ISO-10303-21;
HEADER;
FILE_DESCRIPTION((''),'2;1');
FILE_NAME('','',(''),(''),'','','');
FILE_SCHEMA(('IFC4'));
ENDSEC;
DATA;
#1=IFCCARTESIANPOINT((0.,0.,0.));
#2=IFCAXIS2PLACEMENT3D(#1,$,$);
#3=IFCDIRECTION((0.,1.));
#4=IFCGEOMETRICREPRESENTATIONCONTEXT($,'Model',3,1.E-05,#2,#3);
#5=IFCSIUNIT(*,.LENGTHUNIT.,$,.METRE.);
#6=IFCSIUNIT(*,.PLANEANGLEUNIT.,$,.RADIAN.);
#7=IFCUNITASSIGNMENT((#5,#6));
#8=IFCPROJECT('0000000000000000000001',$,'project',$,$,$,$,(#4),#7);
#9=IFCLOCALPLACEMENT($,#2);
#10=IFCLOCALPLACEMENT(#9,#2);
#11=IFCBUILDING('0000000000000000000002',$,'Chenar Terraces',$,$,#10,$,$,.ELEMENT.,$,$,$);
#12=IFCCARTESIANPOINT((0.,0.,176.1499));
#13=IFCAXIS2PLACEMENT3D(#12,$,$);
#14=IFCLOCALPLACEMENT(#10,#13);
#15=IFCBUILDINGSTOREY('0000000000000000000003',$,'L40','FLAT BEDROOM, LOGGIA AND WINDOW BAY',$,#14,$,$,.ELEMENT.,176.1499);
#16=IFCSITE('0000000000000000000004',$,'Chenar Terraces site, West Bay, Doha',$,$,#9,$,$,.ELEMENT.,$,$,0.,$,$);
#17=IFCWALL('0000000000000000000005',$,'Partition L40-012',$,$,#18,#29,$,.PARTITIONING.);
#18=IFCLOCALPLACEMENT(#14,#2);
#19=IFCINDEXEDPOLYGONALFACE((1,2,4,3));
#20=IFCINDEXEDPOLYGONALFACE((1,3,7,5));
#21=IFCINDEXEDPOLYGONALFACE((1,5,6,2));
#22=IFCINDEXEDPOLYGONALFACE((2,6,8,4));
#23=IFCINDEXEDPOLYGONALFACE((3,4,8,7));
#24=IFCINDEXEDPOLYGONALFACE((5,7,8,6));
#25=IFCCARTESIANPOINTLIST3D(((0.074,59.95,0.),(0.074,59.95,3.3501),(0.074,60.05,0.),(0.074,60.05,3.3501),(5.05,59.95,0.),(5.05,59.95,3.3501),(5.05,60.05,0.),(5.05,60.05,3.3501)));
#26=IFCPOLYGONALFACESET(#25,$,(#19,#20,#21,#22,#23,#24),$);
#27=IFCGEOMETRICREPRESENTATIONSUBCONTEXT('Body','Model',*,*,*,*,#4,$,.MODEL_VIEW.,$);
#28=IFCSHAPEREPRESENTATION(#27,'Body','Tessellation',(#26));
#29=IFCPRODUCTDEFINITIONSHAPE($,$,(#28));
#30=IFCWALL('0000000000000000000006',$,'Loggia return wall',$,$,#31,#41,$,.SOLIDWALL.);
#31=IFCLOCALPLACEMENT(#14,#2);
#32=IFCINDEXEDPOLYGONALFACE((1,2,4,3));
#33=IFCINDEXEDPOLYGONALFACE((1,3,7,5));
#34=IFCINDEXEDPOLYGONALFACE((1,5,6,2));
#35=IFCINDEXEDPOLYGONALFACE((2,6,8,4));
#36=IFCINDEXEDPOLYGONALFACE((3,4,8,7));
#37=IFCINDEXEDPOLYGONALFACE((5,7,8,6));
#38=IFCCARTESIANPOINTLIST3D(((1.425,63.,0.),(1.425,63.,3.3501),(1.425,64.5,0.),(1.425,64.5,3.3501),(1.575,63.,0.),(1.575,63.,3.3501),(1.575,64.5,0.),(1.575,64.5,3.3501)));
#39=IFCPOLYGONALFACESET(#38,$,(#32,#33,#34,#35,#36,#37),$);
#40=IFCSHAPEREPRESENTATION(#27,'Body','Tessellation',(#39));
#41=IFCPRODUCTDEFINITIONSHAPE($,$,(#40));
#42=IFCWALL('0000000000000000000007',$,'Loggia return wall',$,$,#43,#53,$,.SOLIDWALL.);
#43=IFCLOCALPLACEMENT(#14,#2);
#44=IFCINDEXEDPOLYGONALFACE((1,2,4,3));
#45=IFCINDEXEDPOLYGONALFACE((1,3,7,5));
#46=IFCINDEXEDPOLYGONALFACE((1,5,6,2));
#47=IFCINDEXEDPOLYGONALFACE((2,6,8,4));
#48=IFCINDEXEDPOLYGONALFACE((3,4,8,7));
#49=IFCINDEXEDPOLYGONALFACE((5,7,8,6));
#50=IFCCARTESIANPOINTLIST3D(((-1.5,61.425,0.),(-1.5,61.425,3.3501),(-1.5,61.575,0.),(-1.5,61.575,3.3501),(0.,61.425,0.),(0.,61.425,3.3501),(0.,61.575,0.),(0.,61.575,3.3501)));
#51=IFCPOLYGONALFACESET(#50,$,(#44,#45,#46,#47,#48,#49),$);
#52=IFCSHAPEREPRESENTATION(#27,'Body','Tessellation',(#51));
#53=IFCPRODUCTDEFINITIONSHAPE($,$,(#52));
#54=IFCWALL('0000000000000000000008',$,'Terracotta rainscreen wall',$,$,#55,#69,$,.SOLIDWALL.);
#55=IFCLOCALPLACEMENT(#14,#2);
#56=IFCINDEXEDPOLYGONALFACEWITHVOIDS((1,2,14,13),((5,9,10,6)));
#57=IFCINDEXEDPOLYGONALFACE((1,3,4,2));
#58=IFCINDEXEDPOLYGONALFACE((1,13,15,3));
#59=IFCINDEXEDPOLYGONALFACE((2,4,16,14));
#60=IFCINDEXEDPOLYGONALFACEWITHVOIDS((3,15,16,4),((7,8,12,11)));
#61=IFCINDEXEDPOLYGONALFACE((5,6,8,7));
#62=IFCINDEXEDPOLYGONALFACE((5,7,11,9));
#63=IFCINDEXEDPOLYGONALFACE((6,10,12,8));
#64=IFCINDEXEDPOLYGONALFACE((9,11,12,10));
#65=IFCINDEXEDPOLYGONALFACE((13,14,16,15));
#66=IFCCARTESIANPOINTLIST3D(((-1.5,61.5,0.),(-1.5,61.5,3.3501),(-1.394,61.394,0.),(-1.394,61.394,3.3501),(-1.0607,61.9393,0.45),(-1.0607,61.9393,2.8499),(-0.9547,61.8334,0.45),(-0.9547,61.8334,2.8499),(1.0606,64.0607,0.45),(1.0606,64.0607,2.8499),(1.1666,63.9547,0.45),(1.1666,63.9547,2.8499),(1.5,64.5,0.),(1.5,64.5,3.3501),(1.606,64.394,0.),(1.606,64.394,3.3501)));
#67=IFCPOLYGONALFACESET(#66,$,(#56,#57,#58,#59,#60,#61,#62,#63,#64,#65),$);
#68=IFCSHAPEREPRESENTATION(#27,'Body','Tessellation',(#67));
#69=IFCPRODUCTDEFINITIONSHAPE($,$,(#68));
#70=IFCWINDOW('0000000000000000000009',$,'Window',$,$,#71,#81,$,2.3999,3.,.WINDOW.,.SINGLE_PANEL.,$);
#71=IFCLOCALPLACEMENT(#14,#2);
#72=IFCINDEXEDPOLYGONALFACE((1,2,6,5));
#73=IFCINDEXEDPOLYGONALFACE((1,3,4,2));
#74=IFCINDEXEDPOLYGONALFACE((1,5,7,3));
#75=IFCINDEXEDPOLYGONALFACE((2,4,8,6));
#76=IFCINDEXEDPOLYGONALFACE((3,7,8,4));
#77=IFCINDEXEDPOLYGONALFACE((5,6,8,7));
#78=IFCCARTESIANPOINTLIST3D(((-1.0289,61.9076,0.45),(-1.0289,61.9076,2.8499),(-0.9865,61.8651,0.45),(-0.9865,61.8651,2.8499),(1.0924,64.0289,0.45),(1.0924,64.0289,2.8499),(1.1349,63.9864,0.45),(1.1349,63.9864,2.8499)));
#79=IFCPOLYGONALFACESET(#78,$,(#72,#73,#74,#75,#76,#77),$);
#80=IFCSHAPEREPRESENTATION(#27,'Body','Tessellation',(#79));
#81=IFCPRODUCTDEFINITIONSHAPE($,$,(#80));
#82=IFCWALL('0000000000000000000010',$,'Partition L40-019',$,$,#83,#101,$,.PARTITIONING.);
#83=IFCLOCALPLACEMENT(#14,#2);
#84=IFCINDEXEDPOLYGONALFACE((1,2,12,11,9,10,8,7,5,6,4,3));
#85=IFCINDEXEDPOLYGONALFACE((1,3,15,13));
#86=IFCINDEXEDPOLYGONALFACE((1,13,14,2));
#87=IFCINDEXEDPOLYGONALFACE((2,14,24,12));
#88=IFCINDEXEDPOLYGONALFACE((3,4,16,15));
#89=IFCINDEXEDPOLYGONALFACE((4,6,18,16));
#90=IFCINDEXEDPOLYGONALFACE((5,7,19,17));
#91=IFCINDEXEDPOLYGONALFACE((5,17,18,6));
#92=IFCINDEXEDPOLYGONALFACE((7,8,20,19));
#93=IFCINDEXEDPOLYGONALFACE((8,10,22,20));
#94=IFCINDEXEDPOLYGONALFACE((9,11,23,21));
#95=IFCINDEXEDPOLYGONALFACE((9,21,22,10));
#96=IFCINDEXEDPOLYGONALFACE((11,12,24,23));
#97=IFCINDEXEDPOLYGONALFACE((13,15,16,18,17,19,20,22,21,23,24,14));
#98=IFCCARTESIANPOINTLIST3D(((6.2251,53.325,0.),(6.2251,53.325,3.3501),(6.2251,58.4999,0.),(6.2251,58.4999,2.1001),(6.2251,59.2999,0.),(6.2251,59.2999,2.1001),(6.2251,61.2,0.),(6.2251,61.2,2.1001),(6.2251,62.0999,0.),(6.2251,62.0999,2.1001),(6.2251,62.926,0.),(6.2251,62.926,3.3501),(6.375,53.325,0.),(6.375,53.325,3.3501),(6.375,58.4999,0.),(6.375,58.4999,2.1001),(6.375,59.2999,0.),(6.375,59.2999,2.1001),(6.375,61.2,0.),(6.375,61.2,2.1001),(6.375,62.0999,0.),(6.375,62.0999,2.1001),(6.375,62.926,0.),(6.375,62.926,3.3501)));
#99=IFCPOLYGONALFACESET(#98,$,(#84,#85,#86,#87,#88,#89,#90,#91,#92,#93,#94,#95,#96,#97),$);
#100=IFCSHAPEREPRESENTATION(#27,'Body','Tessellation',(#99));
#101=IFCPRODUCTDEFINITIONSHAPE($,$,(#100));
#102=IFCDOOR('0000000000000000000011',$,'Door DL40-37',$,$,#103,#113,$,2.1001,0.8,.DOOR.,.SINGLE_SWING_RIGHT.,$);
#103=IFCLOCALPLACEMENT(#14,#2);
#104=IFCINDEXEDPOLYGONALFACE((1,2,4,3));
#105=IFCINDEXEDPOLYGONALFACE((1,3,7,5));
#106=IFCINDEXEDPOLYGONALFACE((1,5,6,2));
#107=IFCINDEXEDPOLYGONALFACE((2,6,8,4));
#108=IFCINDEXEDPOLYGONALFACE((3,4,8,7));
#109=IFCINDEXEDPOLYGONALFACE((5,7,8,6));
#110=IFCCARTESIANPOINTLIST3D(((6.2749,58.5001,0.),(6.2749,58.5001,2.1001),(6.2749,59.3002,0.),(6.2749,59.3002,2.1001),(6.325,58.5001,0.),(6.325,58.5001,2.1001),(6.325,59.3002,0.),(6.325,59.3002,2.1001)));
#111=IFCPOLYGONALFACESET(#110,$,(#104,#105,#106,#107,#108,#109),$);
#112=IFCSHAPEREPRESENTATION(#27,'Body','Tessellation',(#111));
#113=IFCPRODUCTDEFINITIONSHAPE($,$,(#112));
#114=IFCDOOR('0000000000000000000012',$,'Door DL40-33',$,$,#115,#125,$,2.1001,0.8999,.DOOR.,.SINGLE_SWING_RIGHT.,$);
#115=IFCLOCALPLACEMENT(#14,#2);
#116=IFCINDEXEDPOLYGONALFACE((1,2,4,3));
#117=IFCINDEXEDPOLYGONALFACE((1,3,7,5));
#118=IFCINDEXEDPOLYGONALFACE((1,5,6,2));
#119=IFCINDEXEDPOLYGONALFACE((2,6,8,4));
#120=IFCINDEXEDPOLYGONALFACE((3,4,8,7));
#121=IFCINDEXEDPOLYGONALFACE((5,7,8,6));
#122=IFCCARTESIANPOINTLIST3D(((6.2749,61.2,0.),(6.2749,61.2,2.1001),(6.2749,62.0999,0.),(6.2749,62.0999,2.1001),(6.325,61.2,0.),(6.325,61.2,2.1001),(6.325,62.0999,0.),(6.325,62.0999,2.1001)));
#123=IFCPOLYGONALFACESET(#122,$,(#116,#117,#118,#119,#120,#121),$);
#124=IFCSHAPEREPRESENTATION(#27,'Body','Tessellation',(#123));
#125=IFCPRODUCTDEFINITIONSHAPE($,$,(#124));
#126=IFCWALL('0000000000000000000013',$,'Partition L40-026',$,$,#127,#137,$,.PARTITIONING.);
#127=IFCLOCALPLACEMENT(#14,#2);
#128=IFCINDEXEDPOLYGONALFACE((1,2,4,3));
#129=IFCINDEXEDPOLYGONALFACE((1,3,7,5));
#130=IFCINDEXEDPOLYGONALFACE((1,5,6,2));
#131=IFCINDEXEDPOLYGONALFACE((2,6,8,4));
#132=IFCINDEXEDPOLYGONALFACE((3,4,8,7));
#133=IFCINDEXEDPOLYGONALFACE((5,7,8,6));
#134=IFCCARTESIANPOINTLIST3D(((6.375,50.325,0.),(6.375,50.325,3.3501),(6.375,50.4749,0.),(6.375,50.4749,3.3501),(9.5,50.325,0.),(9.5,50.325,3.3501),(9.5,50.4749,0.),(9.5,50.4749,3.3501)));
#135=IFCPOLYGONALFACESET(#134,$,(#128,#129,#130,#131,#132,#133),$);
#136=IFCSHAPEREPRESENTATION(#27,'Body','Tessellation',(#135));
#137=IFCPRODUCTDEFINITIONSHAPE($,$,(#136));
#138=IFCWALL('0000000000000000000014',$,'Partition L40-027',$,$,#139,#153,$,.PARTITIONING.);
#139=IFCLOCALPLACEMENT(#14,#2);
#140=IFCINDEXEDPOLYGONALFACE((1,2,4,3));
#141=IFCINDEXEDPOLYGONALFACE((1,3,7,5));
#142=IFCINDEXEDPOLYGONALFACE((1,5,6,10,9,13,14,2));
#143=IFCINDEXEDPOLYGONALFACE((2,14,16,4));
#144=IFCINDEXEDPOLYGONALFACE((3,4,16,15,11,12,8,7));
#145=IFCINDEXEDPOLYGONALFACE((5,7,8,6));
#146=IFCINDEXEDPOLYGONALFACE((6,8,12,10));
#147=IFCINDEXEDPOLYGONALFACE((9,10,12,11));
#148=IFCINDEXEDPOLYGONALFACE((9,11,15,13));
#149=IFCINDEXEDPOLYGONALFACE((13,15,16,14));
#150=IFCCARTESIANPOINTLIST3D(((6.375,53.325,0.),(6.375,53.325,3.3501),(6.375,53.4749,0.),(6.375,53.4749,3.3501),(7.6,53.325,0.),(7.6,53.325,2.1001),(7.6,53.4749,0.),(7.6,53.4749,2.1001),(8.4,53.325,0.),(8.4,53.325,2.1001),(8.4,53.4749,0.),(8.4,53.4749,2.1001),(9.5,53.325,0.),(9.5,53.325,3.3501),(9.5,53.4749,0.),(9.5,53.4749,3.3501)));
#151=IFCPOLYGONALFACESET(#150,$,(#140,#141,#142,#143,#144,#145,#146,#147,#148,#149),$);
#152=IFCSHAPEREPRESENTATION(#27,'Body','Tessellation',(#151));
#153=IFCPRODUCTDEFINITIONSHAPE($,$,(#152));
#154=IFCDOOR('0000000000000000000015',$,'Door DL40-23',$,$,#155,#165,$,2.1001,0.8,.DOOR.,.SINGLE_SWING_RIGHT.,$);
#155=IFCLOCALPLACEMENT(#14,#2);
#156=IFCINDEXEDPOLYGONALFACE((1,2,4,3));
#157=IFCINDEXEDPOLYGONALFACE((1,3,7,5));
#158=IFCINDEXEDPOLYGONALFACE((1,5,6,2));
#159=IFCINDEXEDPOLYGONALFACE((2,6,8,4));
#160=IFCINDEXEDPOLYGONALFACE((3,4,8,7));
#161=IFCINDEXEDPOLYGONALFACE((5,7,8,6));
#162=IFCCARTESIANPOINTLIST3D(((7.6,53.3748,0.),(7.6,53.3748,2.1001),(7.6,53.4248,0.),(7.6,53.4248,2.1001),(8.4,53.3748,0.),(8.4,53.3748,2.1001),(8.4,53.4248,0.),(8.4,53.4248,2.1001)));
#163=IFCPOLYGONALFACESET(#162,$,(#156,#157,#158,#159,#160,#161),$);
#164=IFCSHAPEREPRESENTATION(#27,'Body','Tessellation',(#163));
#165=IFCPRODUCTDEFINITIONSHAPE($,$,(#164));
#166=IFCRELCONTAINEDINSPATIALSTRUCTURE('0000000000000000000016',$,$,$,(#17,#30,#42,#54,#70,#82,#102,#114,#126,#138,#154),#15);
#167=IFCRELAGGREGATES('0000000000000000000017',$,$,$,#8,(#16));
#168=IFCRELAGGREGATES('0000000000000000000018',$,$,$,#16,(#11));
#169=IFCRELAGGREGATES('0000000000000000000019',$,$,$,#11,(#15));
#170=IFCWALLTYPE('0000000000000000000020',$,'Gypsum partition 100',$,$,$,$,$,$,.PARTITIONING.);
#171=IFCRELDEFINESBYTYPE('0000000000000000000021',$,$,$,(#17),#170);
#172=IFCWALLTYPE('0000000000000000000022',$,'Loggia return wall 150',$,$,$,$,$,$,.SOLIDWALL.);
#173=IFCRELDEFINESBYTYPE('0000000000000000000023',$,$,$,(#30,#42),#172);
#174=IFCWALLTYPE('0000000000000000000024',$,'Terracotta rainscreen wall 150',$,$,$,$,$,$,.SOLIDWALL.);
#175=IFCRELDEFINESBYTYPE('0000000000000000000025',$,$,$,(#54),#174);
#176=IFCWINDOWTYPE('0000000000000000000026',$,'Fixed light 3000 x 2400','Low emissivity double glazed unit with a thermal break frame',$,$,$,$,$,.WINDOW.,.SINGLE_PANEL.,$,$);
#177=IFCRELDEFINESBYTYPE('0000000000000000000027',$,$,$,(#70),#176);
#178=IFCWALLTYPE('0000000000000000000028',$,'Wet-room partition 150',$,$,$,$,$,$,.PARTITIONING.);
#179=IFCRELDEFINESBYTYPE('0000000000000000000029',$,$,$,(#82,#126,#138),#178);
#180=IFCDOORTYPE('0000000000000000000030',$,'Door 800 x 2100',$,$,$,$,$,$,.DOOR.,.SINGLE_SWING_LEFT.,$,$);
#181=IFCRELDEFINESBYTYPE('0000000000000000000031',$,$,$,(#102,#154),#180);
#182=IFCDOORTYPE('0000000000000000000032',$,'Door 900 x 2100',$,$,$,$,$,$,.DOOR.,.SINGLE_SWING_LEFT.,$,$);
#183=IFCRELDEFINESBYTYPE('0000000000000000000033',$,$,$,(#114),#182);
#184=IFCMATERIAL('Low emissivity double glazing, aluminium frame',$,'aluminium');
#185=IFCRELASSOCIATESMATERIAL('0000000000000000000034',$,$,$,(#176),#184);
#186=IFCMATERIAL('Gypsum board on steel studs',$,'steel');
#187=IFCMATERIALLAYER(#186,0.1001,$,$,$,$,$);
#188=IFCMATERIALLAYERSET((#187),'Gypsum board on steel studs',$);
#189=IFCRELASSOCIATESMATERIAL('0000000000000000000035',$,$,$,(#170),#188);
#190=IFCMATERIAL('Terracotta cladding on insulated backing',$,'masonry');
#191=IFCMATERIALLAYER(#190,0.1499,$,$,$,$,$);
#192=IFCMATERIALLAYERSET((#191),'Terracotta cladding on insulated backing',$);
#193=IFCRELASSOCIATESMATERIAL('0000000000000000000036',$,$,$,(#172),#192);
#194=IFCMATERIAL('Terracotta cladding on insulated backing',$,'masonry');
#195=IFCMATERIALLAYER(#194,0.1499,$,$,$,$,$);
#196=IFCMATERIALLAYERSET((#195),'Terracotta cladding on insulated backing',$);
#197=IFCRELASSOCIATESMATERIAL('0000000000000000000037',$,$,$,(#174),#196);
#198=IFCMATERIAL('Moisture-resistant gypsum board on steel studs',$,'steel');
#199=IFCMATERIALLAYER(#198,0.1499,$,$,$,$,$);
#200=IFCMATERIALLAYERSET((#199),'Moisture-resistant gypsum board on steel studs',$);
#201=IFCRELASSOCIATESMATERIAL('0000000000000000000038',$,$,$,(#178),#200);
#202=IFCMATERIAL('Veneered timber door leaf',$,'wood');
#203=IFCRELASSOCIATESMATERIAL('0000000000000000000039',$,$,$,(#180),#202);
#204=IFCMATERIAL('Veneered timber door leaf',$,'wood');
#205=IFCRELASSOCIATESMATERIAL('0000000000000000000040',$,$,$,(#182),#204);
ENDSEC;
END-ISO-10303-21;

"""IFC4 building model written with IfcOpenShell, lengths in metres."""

from ifc_helpers import new_model, si_unit, direction, frame, frame_2d, origin, place, context, subcontext, project, spatial, rectangle, extrude, material, layer, layer_set, type_object, element, fill, save


model = new_model("IFC4")

# Units and contexts
model_context = context("Model", 3, precision=1e-05, world=origin(), true_north=direction((0.0, 1.0)))
body_context = subcontext(model_context, "Body", "Model", "MODEL_VIEW")
ifc_project = project(units=[si_unit("LENGTHUNIT", "METRE"), si_unit("PLANEANGLEUNIT", "RADIAN")], contexts=[model_context])

# Site, building, storey
site_placement = place(None, origin())
site = spatial("IfcSite", under=ifc_project, at=site_placement, Name="Chenar Terraces site, West Bay, Doha", CompositionType="ELEMENT", RefElevation=0.0)
building_placement = place(site_placement, origin())
building = spatial("IfcBuilding", under=site, at=building_placement, Name="Chenar Terraces", CompositionType="ELEMENT")
storey_placement = place(building_placement, frame((0.0, 0.0, 176.1499)))
storey = spatial("IfcBuildingStorey", under=building, at=storey_placement, Name="L40", Description="FLAT BEDROOM, LOGGIA AND WINDOW BAY", CompositionType="ELEMENT", Elevation=176.1499)

# Shared definitions
ifc_material_1 = material(Name="Low emissivity double glazing, aluminium frame", Category="aluminium")
window_type_1 = type_object("IfcWindowType", Name="Fixed light 3000 x 2400", Description="Low emissivity double glazed unit with a thermal break frame", PartitioningType="SINGLE_PANEL", PredefinedType="WINDOW", material=ifc_material_1)

# Walls
ifc_material_2 = material(Name="Gypsum board on steel studs", Category="steel")
ifc_layer_1 = layer(ifc_material_2, 0.1001)
ifc_layer_set_1 = layer_set([ifc_layer_1], Name="Gypsum board on steel studs")
wall_type_1 = type_object("IfcWallType", Name="Gypsum partition 100", PredefinedType="PARTITIONING", material=ifc_layer_set_1)
for number, where, z_axis, x_axis, name in (
    (1, (0.074, 60.0, 0.0), (0.0, 0.0, 1.0), (1.0, 0.0, 0.0), "Partition L40-012"),
):
    element("IfcWall", number, at=place(storey_placement, frame(where, z_axis=z_axis, x_axis=x_axis)), inside=storey, type_object=wall_type_1, Name=name, PredefinedType="PARTITIONING", context=body_context, shape_type="SweptSolid", body=[
        extrude(rectangle(XDim=4.9761, YDim=0.1001, at=frame_2d((2.488, 0.0))), origin(), (0.0, 0.0, 1.0), 3.3501),
    ])
ifc_material_3 = material(Name="Terracotta cladding on insulated backing", Category="masonry")
ifc_layer_2 = layer(ifc_material_3, 0.1499)
ifc_layer_set_2 = layer_set([ifc_layer_2], Name="Terracotta cladding on insulated backing")
wall_type_2 = type_object("IfcWallType", Name="Loggia return wall 150", PredefinedType="SOLIDWALL", material=ifc_layer_set_2)
for number, where, z_axis, x_axis, name in (
    (2, (1.5, 64.5, 0.0), (0.0, 0.0, 1.0), (0.0, -1.0, 0.0), "Loggia return wall"),
    (3, (-1.5, 61.5, 0.0), (0.0, 0.0, 1.0), (1.0, 0.0, 0.0), "Loggia return wall"),
):
    element("IfcWall", number, at=place(storey_placement, frame(where, z_axis=z_axis, x_axis=x_axis)), inside=storey, type_object=wall_type_2, Name=name, PredefinedType="SOLIDWALL", context=body_context, shape_type="SweptSolid", body=[
        extrude(rectangle(XDim=1.5, YDim=0.1499, at=frame_2d((0.75, 0.0))), origin(), (0.0, 0.0, 1.0), 3.3501),
    ])

# Wall, opening, window
ifc_material_4 = material(Name="Terracotta cladding on insulated backing", Category="masonry")
ifc_layer_3 = layer(ifc_material_4, 0.1499)
ifc_layer_set_3 = layer_set([ifc_layer_3], Name="Terracotta cladding on insulated backing")
wall_type_3 = type_object("IfcWallType", Name="Terracotta rainscreen wall 150", PredefinedType="SOLIDWALL", material=ifc_layer_set_3)
wall_1_placement = place(storey_placement, frame((1.553, 64.447, 0.0), z_axis=(0.0, 0.0, 1.0), x_axis=(-0.707107, -0.707107, 0.0)))
wall_1 = element("IfcWall", 4, at=wall_1_placement, inside=storey, type_object=wall_type_3, Name="Terracotta rainscreen wall", PredefinedType="SOLIDWALL", context=body_context, shape_type="SweptSolid", body=[
    extrude(rectangle(XDim=4.2427, YDim=0.1499, at=frame_2d((2.1213, 0.0))), origin(), (0.0, 0.0, 1.0), 3.3501),
])
opening_1_placement = place(wall_1_placement, frame((0.6213, 0.0, 0.45)))
opening_1 = element("IfcOpeningElement", 5, at=opening_1_placement, cuts=wall_1, PredefinedType="OPENING", context=body_context, shape_type="SweptSolid", body=[
    extrude(rectangle(XDim=3.0, YDim=2.3999, at=frame_2d((1.5, 1.2))), frame((0.0, 0.085, 0.0), z_axis=(0.0, -1.0, 0.0), x_axis=(1.0, 0.0, 0.0)), (0.0, 0.0, 1.0), 0.1699),
])
window_1_placement = place(opening_1_placement, origin())
window_1 = element("IfcWindow", 6, at=window_1_placement, inside=storey, type_object=window_type_1, Name="Window", OverallHeight=2.3999, OverallWidth=3.0, PartitioningType="SINGLE_PANEL", PredefinedType="WINDOW", context=body_context, shape_type="SweptSolid", body=[
    extrude(rectangle(XDim=3.0, YDim=2.3999, at=frame_2d((1.5, 1.2))), frame((0.0, 0.03, 0.0), z_axis=(0.0, -1.0, 0.0), x_axis=(1.0, 0.0, 0.0)), (0.0, 0.0, 1.0), 0.0601),
])
fill(opening_1, window_1)

# Wall, openings, doors
ifc_material_5 = material(Name="Moisture-resistant gypsum board on steel studs", Category="steel")
ifc_layer_4 = layer(ifc_material_5, 0.1499)
ifc_layer_set_4 = layer_set([ifc_layer_4], Name="Moisture-resistant gypsum board on steel studs")
wall_type_4 = type_object("IfcWallType", Name="Wet-room partition 150", PredefinedType="PARTITIONING", material=ifc_layer_set_4)
wall_2_placement = place(storey_placement, frame((6.3, 53.325, 0.0), z_axis=(0.0, 0.0, 1.0), x_axis=(0.0, 1.0, 0.0)))
wall_2 = element("IfcWall", 7, at=wall_2_placement, inside=storey, type_object=wall_type_4, Name="Partition L40-019", PredefinedType="PARTITIONING", context=body_context, shape_type="SweptSolid", body=[
    extrude(rectangle(XDim=9.6011, YDim=0.1499, at=frame_2d((4.8005, 0.0))), origin(), (0.0, 0.0, 1.0), 3.3501),
])
opening_2_placement = place(wall_2_placement, frame((7.875, 0.0, 0.0)))
opening_2 = element("IfcOpeningElement", 8, at=opening_2_placement, cuts=wall_2, PredefinedType="OPENING", context=body_context, shape_type="SweptSolid", body=[
    extrude(rectangle(XDim=0.8999, YDim=2.1001, at=frame_2d((0.45, 1.05))), frame((0.0, 0.085, 0.0), z_axis=(0.0, -1.0, 0.0), x_axis=(1.0, 0.0, 0.0)), (0.0, 0.0, 1.0), 0.1699),
])
opening_3_placement = place(wall_2_placement, frame((5.175, 0.0, 0.0)))
opening_3 = element("IfcOpeningElement", 9, at=opening_3_placement, cuts=wall_2, PredefinedType="OPENING", context=body_context, shape_type="SweptSolid", body=[
    extrude(rectangle(XDim=0.8, YDim=2.1001, at=frame_2d((0.3999, 1.05))), frame((0.0, 0.085, 0.0), z_axis=(0.0, -1.0, 0.0), x_axis=(1.0, 0.0, 0.0)), (0.0, 0.0, 1.0), 0.1699),
])
ifc_material_6 = material(Name="Veneered timber door leaf", Category="wood")
door_type_1 = type_object("IfcDoorType", Name="Door 800 x 2100", OperationType="SINGLE_SWING_LEFT", PredefinedType="DOOR", material=ifc_material_6)
door_1_placement = place(opening_3_placement, frame((0.8, 0.0, 0.0), z_axis=(0.0, 0.0, 1.0), x_axis=(-1.0, 0.0, 0.0)))
door_1 = element("IfcDoor", 10, at=door_1_placement, inside=storey, type_object=door_type_1, Name="Door DL40-37", OperationType="SINGLE_SWING_RIGHT", OverallHeight=2.1001, OverallWidth=0.8, PredefinedType="DOOR", context=body_context, shape_type="SweptSolid", body=[
    extrude(rectangle(XDim=0.8, YDim=2.1001, at=frame_2d((0.3999, 1.05))), frame((0.0, 0.0249, 0.0), z_axis=(0.0, -1.0, 0.0), x_axis=(1.0, 0.0, 0.0)), (0.0, 0.0, 1.0), 0.05),
])
fill(opening_3, door_1)
ifc_material_7 = material(Name="Veneered timber door leaf", Category="wood")
door_type_2 = type_object("IfcDoorType", Name="Door 900 x 2100", OperationType="SINGLE_SWING_LEFT", PredefinedType="DOOR", material=ifc_material_7)
door_2_placement = place(opening_2_placement, frame((0.8999, 0.0, 0.0), z_axis=(0.0, 0.0, 1.0), x_axis=(-1.0, 0.0, 0.0)))
door_2 = element("IfcDoor", 11, at=door_2_placement, inside=storey, type_object=door_type_2, Name="Door DL40-33", OperationType="SINGLE_SWING_RIGHT", OverallHeight=2.1001, OverallWidth=0.8999, PredefinedType="DOOR", context=body_context, shape_type="SweptSolid", body=[
    extrude(rectangle(XDim=0.8999, YDim=2.1001, at=frame_2d((0.45, 1.05))), frame((0.0, 0.0249, 0.0), z_axis=(0.0, -1.0, 0.0), x_axis=(1.0, 0.0, 0.0)), (0.0, 0.0, 1.0), 0.05),
])
fill(opening_2, door_2)

# Wall
wall_3_placement = place(storey_placement, frame((6.375, 50.3999, 0.0), z_axis=(0.0, 0.0, 1.0), x_axis=(1.0, 0.0, 0.0)))
element("IfcWall", 12, at=wall_3_placement, inside=storey, type_object=wall_type_4, Name="Partition L40-026", PredefinedType="PARTITIONING", context=body_context, shape_type="SweptSolid", body=[
    extrude(rectangle(XDim=3.125, YDim=0.1499, at=frame_2d((1.5625, 0.0))), origin(), (0.0, 0.0, 1.0), 3.3501),
])

# Wall, opening, door
wall_4_placement = place(storey_placement, frame((6.375, 53.3999, 0.0), z_axis=(0.0, 0.0, 1.0), x_axis=(1.0, 0.0, 0.0)))
wall_4 = element("IfcWall", 13, at=wall_4_placement, inside=storey, type_object=wall_type_4, Name="Partition L40-027", PredefinedType="PARTITIONING", context=body_context, shape_type="SweptSolid", body=[
    extrude(rectangle(XDim=3.125, YDim=0.1499, at=frame_2d((1.5625, 0.0))), origin(), (0.0, 0.0, 1.0), 3.3501),
])
opening_4_placement = place(wall_4_placement, frame((1.2251, 0.0, 0.0)))
opening_4 = element("IfcOpeningElement", 14, at=opening_4_placement, cuts=wall_4, PredefinedType="OPENING", context=body_context, shape_type="SweptSolid", body=[
    extrude(rectangle(XDim=0.8, YDim=2.1001, at=frame_2d((0.3999, 1.05))), frame((0.0, 0.085, 0.0), z_axis=(0.0, -1.0, 0.0), x_axis=(1.0, 0.0, 0.0)), (0.0, 0.0, 1.0), 0.1699),
])
door_3_placement = place(opening_4_placement, origin())
door_3 = element("IfcDoor", 15, at=door_3_placement, inside=storey, type_object=door_type_1, Name="Door DL40-23", OperationType="SINGLE_SWING_RIGHT", OverallHeight=2.1001, OverallWidth=0.8, PredefinedType="DOOR", context=body_context, shape_type="SweptSolid", body=[
    extrude(rectangle(XDim=0.8, YDim=2.1001, at=frame_2d((0.3999, 1.05))), frame((0.0, 0.0249, 0.0), z_axis=(0.0, -1.0, 0.0), x_axis=(1.0, 0.0, 0.0)), (0.0, 0.0, 1.0), 0.05),
])
fill(opening_4, door_3)

save(model, "model.ifc")
